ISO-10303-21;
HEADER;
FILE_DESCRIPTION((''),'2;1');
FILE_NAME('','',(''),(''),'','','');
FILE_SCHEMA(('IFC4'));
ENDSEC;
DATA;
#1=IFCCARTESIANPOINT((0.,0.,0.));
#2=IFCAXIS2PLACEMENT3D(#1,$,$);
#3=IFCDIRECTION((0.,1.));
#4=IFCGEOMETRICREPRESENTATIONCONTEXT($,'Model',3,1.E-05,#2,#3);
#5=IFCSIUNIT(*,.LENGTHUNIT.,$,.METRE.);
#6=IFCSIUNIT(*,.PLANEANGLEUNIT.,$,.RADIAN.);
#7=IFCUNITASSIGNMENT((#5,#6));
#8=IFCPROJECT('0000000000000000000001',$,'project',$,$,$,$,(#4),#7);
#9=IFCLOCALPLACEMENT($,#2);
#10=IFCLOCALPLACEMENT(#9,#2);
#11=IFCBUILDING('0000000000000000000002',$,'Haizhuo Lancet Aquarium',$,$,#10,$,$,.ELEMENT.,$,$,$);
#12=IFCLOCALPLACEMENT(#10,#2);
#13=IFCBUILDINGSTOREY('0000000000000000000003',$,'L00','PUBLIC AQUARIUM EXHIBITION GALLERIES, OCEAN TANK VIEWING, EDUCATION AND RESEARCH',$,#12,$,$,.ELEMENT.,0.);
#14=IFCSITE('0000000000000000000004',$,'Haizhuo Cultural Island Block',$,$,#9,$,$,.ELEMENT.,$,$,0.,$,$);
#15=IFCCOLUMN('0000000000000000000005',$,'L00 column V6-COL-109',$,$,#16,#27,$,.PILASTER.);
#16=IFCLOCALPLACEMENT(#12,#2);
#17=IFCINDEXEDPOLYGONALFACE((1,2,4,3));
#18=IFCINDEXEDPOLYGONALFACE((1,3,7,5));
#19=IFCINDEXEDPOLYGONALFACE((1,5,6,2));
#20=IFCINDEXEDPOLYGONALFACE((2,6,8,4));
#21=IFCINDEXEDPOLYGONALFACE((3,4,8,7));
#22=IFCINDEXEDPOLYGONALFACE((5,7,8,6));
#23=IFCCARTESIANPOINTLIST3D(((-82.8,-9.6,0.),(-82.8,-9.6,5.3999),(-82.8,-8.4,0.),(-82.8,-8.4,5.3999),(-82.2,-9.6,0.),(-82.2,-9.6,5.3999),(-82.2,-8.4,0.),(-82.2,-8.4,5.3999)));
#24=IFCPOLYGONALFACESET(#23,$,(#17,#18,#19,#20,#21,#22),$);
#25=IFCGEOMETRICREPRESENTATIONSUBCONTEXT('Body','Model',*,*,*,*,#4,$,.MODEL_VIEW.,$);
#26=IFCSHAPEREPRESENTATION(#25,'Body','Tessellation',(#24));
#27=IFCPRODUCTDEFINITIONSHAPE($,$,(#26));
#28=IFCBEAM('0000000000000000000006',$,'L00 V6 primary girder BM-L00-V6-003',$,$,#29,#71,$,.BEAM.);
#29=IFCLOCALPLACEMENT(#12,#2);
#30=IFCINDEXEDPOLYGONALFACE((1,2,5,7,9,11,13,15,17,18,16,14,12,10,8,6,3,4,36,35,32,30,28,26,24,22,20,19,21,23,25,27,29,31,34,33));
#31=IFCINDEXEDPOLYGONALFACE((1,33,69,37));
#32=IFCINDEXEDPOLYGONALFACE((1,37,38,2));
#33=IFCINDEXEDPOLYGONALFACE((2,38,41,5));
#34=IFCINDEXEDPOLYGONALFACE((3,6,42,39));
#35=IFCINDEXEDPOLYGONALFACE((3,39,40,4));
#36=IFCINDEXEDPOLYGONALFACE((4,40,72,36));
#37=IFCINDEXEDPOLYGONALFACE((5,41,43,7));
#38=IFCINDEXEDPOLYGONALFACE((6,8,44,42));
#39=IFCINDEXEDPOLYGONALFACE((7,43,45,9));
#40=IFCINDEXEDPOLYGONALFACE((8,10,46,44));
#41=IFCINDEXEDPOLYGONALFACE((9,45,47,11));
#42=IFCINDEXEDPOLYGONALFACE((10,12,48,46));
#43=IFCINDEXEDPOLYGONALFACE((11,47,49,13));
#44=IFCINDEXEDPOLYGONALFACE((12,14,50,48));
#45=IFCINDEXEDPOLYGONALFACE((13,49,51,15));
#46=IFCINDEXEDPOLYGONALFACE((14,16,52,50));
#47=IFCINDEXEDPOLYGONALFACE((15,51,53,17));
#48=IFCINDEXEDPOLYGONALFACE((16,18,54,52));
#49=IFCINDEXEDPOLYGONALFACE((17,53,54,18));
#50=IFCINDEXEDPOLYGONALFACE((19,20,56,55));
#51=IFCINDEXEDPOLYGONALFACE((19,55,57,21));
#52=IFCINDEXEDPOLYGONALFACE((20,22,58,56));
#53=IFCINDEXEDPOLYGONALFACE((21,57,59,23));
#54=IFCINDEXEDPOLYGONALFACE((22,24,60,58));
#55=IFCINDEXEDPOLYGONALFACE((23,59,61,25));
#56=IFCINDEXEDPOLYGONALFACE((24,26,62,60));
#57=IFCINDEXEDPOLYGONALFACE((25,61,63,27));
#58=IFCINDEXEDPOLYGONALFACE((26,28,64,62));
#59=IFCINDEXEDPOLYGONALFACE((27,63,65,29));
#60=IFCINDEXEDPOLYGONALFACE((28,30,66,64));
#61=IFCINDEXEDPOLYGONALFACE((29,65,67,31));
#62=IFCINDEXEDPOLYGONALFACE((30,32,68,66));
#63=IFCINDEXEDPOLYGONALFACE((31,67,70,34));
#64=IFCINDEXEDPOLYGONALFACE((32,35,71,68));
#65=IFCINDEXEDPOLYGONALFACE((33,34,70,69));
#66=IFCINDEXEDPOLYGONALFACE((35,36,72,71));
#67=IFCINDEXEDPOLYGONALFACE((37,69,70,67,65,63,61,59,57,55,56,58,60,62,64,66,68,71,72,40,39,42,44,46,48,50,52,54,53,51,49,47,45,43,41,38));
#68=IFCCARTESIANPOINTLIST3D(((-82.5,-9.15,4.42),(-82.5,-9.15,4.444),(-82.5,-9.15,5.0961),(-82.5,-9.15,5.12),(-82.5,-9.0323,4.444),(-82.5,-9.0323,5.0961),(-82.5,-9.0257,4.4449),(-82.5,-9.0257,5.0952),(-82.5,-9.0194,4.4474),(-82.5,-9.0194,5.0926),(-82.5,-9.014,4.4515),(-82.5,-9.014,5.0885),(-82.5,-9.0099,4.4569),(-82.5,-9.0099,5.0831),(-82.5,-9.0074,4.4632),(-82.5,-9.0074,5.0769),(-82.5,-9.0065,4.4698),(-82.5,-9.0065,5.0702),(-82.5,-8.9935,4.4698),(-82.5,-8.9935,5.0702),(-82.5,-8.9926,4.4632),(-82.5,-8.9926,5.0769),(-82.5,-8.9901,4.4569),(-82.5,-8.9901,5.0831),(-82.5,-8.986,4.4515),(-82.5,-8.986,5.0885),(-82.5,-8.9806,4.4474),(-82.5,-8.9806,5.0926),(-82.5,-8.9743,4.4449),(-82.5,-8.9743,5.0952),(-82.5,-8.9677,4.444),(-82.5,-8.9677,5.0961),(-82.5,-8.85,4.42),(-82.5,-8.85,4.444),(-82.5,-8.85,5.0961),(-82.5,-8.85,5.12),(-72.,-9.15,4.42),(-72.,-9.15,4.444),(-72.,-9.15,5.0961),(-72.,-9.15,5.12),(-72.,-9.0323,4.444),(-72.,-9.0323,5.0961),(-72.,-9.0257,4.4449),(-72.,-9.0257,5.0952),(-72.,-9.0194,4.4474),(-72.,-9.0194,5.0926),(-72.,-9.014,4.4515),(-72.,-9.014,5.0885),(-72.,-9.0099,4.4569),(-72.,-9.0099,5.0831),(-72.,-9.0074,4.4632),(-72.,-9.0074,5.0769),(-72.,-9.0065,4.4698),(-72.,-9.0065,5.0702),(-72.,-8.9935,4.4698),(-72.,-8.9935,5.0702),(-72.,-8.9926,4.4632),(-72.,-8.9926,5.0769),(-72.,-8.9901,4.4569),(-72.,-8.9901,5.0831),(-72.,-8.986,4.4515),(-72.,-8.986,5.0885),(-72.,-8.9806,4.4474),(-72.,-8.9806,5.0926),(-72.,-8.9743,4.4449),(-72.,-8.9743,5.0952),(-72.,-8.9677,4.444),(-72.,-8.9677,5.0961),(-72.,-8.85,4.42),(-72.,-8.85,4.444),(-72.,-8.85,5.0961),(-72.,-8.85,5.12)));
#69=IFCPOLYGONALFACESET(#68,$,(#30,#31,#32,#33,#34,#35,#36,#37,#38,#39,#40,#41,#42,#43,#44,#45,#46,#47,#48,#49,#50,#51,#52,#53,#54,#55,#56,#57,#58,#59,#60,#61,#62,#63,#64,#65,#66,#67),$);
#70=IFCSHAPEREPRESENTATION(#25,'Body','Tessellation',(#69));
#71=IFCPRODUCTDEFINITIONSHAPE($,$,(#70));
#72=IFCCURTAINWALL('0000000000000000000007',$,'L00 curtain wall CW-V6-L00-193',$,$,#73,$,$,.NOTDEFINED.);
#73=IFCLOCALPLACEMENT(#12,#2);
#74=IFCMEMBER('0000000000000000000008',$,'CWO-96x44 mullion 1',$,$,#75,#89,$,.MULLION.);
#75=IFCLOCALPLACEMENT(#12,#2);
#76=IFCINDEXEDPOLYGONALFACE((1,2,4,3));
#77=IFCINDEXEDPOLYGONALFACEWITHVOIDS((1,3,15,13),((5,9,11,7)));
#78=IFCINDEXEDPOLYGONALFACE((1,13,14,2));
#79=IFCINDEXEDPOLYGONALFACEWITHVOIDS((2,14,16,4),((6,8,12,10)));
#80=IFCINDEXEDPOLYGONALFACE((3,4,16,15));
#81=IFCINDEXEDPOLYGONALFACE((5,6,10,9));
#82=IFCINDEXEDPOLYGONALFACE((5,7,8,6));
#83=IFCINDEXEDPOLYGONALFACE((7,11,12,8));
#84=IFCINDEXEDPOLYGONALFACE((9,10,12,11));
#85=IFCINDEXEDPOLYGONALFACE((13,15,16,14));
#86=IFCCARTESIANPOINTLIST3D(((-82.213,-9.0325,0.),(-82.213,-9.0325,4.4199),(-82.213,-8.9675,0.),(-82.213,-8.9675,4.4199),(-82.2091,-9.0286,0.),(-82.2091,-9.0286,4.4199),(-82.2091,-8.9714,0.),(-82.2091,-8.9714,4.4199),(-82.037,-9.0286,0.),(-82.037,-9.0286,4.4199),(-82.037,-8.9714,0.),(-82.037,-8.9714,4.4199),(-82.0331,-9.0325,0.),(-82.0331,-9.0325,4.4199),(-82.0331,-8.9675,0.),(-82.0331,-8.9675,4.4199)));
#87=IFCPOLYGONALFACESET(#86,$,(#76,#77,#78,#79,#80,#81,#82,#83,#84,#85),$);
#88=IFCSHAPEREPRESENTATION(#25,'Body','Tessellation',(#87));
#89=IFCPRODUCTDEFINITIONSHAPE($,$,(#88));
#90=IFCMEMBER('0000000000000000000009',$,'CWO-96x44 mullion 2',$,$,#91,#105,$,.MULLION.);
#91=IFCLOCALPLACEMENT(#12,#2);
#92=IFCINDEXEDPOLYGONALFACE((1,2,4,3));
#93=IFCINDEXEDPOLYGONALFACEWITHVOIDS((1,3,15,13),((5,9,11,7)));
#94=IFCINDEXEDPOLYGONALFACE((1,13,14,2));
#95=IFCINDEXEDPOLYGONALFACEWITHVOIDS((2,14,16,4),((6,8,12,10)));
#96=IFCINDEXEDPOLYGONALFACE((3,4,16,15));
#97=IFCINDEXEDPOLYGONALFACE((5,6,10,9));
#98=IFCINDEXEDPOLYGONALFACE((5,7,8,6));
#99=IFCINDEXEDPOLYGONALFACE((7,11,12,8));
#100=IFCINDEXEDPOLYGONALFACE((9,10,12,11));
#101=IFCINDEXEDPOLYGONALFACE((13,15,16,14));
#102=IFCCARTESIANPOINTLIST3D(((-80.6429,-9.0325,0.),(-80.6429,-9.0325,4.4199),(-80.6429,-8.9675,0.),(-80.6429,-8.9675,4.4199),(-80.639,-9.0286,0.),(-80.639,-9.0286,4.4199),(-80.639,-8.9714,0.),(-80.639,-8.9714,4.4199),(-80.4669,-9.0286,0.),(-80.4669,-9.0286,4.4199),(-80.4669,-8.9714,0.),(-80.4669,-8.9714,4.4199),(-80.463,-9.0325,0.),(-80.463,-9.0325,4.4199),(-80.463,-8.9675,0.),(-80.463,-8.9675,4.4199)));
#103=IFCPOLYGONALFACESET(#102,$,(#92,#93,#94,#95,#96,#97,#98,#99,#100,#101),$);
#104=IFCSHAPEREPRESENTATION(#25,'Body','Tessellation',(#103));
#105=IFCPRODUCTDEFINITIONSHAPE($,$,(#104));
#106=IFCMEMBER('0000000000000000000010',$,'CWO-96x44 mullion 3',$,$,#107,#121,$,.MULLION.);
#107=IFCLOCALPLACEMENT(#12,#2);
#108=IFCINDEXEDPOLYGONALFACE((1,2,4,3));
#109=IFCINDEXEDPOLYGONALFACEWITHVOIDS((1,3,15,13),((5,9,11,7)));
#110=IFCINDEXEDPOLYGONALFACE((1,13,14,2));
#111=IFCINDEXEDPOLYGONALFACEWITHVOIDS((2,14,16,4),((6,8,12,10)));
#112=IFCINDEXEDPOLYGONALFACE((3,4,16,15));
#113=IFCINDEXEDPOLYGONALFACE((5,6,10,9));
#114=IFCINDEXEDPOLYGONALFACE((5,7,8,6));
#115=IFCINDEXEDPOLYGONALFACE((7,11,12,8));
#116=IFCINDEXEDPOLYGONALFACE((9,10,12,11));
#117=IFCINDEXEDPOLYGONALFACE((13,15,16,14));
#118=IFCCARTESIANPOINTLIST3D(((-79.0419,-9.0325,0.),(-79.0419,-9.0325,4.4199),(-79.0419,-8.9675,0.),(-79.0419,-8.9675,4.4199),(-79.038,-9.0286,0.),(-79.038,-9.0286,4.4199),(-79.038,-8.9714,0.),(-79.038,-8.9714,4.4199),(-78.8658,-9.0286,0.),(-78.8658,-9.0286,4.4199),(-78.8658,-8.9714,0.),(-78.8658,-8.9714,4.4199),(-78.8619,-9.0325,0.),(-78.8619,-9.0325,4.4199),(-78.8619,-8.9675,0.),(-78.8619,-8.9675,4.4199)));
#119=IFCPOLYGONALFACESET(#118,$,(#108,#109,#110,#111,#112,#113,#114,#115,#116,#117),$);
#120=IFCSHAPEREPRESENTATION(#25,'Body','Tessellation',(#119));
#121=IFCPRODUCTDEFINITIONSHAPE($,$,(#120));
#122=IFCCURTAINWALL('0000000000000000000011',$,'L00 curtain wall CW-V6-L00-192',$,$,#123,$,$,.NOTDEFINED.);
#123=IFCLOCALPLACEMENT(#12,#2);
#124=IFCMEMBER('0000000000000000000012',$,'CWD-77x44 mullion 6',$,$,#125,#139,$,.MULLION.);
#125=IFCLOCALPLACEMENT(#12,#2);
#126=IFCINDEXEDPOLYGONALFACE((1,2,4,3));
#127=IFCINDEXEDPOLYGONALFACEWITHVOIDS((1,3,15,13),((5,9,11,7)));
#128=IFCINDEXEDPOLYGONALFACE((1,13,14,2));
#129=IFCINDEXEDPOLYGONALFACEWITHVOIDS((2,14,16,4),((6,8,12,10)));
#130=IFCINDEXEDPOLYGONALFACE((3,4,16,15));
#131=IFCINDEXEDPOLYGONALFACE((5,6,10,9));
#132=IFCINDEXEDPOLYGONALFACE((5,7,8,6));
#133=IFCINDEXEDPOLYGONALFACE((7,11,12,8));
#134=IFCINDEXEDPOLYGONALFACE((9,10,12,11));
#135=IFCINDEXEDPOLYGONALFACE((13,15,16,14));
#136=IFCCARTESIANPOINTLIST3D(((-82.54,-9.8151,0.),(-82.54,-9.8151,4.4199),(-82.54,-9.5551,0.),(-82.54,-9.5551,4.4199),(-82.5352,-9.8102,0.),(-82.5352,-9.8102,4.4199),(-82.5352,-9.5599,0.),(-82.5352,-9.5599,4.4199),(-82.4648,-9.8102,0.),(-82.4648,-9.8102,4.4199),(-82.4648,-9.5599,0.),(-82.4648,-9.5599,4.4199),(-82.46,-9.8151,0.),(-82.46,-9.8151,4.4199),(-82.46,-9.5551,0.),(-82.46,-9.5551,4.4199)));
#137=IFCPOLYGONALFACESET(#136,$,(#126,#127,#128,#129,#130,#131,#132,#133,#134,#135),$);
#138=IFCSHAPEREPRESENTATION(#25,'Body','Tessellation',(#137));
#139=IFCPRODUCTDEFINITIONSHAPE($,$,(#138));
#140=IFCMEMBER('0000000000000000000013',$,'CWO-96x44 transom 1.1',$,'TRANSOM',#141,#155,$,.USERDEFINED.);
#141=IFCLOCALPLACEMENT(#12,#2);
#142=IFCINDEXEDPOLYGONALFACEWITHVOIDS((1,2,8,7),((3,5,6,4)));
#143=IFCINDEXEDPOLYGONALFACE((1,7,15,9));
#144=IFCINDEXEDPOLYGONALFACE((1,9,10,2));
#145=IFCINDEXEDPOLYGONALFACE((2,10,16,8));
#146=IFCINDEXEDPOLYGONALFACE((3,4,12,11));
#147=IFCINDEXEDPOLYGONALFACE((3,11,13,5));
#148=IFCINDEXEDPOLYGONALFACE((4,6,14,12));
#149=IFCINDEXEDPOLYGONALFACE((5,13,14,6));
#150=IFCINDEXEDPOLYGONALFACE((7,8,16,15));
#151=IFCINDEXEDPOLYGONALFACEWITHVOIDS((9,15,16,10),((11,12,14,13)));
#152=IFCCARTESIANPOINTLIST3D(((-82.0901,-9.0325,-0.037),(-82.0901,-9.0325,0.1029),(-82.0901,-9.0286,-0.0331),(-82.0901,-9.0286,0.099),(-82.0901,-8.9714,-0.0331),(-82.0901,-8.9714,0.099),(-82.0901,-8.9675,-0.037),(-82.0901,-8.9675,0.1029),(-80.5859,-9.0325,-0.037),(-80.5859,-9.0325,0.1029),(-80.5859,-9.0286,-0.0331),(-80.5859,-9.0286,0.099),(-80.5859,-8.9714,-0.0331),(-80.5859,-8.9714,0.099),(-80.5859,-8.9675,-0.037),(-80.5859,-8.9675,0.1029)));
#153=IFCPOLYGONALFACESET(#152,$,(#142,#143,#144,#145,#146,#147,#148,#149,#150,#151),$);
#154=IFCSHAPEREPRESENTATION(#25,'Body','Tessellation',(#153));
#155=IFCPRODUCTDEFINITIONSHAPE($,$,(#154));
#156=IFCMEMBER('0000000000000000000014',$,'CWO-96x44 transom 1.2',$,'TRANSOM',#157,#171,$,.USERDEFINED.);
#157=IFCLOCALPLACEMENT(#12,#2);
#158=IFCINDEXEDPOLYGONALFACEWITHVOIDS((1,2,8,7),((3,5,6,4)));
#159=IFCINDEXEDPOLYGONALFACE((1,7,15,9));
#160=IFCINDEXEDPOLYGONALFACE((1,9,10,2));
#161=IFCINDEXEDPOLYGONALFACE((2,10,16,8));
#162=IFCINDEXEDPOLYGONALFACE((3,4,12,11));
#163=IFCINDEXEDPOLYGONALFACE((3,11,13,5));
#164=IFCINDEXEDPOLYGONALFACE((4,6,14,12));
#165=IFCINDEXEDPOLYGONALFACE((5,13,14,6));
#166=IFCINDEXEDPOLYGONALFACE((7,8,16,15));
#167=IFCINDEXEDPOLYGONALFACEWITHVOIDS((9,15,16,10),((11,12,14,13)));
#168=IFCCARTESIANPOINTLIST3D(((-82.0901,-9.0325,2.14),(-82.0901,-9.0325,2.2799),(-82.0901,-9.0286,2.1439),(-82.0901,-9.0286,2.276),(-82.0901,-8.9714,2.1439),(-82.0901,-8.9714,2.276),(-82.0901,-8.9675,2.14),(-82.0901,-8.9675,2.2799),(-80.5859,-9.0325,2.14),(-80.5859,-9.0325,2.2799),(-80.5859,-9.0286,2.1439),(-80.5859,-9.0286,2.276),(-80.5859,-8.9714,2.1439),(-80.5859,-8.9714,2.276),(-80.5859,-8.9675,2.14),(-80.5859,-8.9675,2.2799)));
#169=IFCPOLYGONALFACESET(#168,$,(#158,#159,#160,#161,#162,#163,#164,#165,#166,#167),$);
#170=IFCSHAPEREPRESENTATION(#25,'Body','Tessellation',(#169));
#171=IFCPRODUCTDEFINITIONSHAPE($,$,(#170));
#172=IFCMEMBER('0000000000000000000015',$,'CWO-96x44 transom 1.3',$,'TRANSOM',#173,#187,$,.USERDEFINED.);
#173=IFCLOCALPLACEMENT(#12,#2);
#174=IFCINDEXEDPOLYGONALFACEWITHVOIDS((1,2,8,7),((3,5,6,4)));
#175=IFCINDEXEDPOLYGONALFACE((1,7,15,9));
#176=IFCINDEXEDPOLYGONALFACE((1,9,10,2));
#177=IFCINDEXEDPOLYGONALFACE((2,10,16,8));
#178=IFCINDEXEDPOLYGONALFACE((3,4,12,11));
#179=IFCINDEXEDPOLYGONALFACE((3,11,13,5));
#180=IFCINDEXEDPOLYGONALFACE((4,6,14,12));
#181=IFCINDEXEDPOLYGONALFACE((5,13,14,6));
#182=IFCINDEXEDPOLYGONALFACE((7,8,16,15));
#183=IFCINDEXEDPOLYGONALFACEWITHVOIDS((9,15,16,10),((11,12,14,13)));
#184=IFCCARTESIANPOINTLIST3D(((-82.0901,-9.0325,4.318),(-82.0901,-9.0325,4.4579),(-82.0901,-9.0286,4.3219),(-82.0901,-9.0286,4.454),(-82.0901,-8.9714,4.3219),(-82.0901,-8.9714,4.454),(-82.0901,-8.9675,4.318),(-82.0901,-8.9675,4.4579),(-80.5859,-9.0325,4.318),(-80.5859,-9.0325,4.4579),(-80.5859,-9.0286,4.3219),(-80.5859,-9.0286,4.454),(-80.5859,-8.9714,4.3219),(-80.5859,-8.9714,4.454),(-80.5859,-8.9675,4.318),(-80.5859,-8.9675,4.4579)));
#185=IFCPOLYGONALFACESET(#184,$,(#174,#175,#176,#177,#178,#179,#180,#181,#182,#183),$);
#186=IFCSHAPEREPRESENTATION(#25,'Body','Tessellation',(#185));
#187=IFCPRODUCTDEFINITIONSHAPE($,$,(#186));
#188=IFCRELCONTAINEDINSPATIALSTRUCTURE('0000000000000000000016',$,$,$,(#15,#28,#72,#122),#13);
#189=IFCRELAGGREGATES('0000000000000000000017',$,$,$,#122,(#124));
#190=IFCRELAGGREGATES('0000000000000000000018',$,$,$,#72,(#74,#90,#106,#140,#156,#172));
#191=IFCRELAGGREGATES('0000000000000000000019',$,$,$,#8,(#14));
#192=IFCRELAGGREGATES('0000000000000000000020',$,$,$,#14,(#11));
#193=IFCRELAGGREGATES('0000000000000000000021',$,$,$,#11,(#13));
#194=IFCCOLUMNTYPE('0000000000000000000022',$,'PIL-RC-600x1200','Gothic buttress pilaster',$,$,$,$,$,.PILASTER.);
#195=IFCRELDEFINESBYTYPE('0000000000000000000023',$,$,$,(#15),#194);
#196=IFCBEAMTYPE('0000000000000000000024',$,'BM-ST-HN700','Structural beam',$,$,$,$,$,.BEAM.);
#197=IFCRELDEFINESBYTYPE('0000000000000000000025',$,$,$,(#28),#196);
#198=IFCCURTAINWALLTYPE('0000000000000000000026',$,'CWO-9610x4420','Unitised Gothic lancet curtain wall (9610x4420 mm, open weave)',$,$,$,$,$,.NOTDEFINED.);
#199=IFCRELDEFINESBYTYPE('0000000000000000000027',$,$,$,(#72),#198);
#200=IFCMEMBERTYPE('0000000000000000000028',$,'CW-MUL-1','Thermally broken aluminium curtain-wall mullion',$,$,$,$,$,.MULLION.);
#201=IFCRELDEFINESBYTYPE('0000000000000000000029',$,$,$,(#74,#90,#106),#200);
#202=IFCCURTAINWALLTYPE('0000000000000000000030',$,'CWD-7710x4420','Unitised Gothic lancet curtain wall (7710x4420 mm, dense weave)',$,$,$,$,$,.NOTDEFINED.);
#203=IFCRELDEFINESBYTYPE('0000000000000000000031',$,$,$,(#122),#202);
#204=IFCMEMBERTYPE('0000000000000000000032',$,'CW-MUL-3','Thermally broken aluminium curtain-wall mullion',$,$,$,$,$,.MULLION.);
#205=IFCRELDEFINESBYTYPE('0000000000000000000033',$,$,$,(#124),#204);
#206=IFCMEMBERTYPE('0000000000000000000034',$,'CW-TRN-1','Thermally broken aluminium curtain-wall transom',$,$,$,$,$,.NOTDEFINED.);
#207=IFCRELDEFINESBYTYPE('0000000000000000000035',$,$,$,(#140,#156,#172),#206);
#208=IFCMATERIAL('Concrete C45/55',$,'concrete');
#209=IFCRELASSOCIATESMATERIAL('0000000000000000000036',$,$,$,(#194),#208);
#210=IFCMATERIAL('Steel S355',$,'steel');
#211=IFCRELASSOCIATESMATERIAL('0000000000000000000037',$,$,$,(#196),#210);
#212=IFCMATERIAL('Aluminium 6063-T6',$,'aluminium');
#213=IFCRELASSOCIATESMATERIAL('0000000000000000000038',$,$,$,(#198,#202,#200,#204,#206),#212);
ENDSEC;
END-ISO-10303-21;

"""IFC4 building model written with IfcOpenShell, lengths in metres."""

from ifc_helpers import new_model, si_unit, direction, frame, origin, origin_2d, place, context, subcontext, project, spatial, rectangle, hollow_rectangle, i_section, extrude, material, material_profile, profile_set, type_object, element, aggregate, save


model = new_model("IFC4")

# Units and contexts
model_context = context("Model", 3, precision=1e-05, world=origin(), true_north=direction((0.0, 1.0)))
body_context = subcontext(model_context, "Body", "Model", "MODEL_VIEW")
ifc_project = project(units=[si_unit("LENGTHUNIT", "METRE"), si_unit("PLANEANGLEUNIT", "RADIAN")], contexts=[model_context])

# Site, building, storey
site_placement = place(None, origin())
site = spatial("IfcSite", under=ifc_project, at=site_placement, Name="Haizhuo Cultural Island Block", CompositionType="ELEMENT", RefElevation=0.0)
building_placement = place(site_placement, origin())
building = spatial("IfcBuilding", under=site, at=building_placement, Name="Haizhuo Lancet Aquarium", CompositionType="ELEMENT")
storey_placement = place(building_placement, origin())
storey = spatial("IfcBuildingStorey", under=building, at=storey_placement, Name="L00", Description="PUBLIC AQUARIUM EXHIBITION GALLERIES, OCEAN TANK VIEWING, EDUCATION AND RESEARCH", CompositionType="ELEMENT", Elevation=0.0)

# Column
ifc_material_1 = material(Name="Concrete C45/55", Category="concrete")
ifc_material_profile_1 = material_profile(ifc_material_1, rectangle(XDim=0.6001, YDim=1.2, at=origin_2d()), Name="RC-PIL 600x1200")
ifc_profile_set_1 = profile_set([ifc_material_profile_1], Name="Concrete C45/55")
column_type = type_object("IfcColumnType", Name="PIL-RC-600x1200", Description="Gothic buttress pilaster", PredefinedType="PILASTER", material=ifc_profile_set_1)
column_placement = place(storey_placement, frame((-82.5, -9.0, 0.0), z_axis=(0.0, 0.0, 1.0), x_axis=(1.0, 0.0, 0.0)))
element("IfcColumn", 1, at=column_placement, inside=storey, type_object=column_type, Name="L00 column V6-COL-109", PredefinedType="PILASTER", context=body_context, shape_type="SweptSolid", body=[
    extrude(rectangle(XDim=0.6001, YDim=1.2, at=origin_2d()), origin(), (0.0, 0.0, 1.0), 5.3999),
])

# Beam
ifc_material_2 = material(Name="Steel S355", Category="steel")
ifc_material_profile_2 = material_profile(ifc_material_2, i_section(OverallWidth=0.3, OverallDepth=0.7, WebThickness=0.0129, FlangeThickness=0.0239, FilletRadius=0.0259, at=origin_2d()), Name="HN 700x300x13x24")
ifc_profile_set_2 = profile_set([ifc_material_profile_2], Name="Steel S355")
beam_type = type_object("IfcBeamType", Name="BM-ST-HN700", Description="Structural beam", PredefinedType="BEAM", material=ifc_profile_set_2)
beam_placement = place(storey_placement, frame((-82.5, -9.0, 4.77), z_axis=(1.0, 0.0, 0.0), x_axis=(0.0, 1.0, 0.0)))
element("IfcBeam", 2, at=beam_placement, inside=storey, type_object=beam_type, Name="L00 V6 primary girder BM-L00-V6-003", PredefinedType="BEAM", context=body_context, shape_type="SweptSolid", body=[
    extrude(i_section(OverallWidth=0.3, OverallDepth=0.7, WebThickness=0.0129, FlangeThickness=0.0239, FilletRadius=0.0259, at=origin_2d()), origin(), (0.0, 0.0, 1.0), 10.5),
])

# Curtain wall, members
ifc_material_3 = material(Name="Aluminium 6063-T6", Category="aluminium")
curtain_wall_type_1 = type_object("IfcCurtainWallType", Name="CWO-9610x4420", Description="Unitised Gothic lancet curtain wall (9610x4420 mm, open weave)", PredefinedType="NOTDEFINED", material=ifc_material_3)
curtain_wall_1_placement = place(storey_placement, origin())
curtain_wall_1 = element("IfcCurtainWall", 3, at=curtain_wall_1_placement, inside=storey, type_object=curtain_wall_type_1, Name="L00 curtain wall CW-V6-L00-193", PredefinedType="NOTDEFINED")
ifc_material_profile_3 = material_profile(ifc_material_3, hollow_rectangle(XDim=0.0649, YDim=0.1799, WallThickness=0.0039, at=origin_2d()), Name="ALU-M 65x180x4")
ifc_profile_set_3 = profile_set([ifc_material_profile_3], Name="Aluminium 6063-T6")
member_type_1 = type_object("IfcMemberType", Name="CW-MUL-1", Description="Thermally broken aluminium curtain-wall mullion", PredefinedType="MULLION", material=ifc_profile_set_3)
member_1_placement = place(storey_placement, frame((-82.123, -9.0, 0.0), z_axis=(0.0, 0.0, 1.0), x_axis=(0.0, 1.0, 0.0)))
member_1 = element("IfcMember", 4, at=member_1_placement, type_object=member_type_1, Name="CWO-96x44 mullion 1", PredefinedType="MULLION", context=body_context, shape_type="SweptSolid", body=[
    extrude(hollow_rectangle(XDim=0.0649, YDim=0.1799, WallThickness=0.0039, at=origin_2d()), origin(), (0.0, 0.0, 1.0), 4.4199),
])
member_2_placement = place(storey_placement, frame((-80.553, -9.0, 0.0), z_axis=(0.0, 0.0, 1.0), x_axis=(0.0, 1.0, 0.0)))
member_2 = element("IfcMember", 5, at=member_2_placement, type_object=member_type_1, Name="CWO-96x44 mullion 2", PredefinedType="MULLION", context=body_context, shape_type="SweptSolid", body=[
    extrude(hollow_rectangle(XDim=0.0649, YDim=0.1799, WallThickness=0.0039, at=origin_2d()), origin(), (0.0, 0.0, 1.0), 4.4199),
])
member_3_placement = place(storey_placement, frame((-78.9519, -9.0, 0.0), z_axis=(0.0, 0.0, 1.0), x_axis=(0.0, 1.0, 0.0)))
member_3 = element("IfcMember", 6, at=member_3_placement, type_object=member_type_1, Name="CWO-96x44 mullion 3", PredefinedType="MULLION", context=body_context, shape_type="SweptSolid", body=[
    extrude(hollow_rectangle(XDim=0.0649, YDim=0.1799, WallThickness=0.0039, at=origin_2d()), origin(), (0.0, 0.0, 1.0), 4.4199),
])

# Curtain wall, member
curtain_wall_type_2 = type_object("IfcCurtainWallType", Name="CWD-7710x4420", Description="Unitised Gothic lancet curtain wall (7710x4420 mm, dense weave)", PredefinedType="NOTDEFINED", material=ifc_material_3)
curtain_wall_2_placement = place(storey_placement, origin())
curtain_wall_2 = element("IfcCurtainWall", 7, at=curtain_wall_2_placement, inside=storey, type_object=curtain_wall_type_2, Name="L00 curtain wall CW-V6-L00-192", PredefinedType="NOTDEFINED")
ifc_material_profile_4 = material_profile(ifc_material_3, hollow_rectangle(XDim=0.0801, YDim=0.26, WallThickness=0.0049, at=origin_2d()), Name="ALU-M 80x260x5")
ifc_profile_set_4 = profile_set([ifc_material_profile_4], Name="Aluminium 6063-T6")
member_type_2 = type_object("IfcMemberType", Name="CW-MUL-3", Description="Thermally broken aluminium curtain-wall mullion", PredefinedType="MULLION", material=ifc_profile_set_4)
member_4_placement = place(storey_placement, frame((-82.5, -9.6851, 0.0), z_axis=(0.0, 0.0, 1.0), x_axis=(-1.0, 0.0, 0.0)))
member_4 = element("IfcMember", 8, at=member_4_placement, type_object=member_type_2, Name="CWD-77x44 mullion 6", PredefinedType="MULLION", context=body_context, shape_type="SweptSolid", body=[
    extrude(hollow_rectangle(XDim=0.0801, YDim=0.26, WallThickness=0.0049, at=origin_2d()), origin(), (0.0, 0.0, 1.0), 4.4199),
])
aggregate(curtain_wall_2, [member_4])

# Members
ifc_material_profile_5 = material_profile(ifc_material_3, hollow_rectangle(XDim=0.0649, YDim=0.1399, WallThickness=0.0039, at=origin_2d()), Name="ALU-T 65x140x4")
ifc_profile_set_5 = profile_set([ifc_material_profile_5], Name="Aluminium 6063-T6")
member_type_3 = type_object("IfcMemberType", Name="CW-TRN-1", Description="Thermally broken aluminium curtain-wall transom", PredefinedType="NOTDEFINED", material=ifc_profile_set_5)
member_5_placement = place(storey_placement, frame((-82.0901, -9.0, 0.033), z_axis=(1.0, 0.0, 0.0), x_axis=(0.0, 1.0, 0.0)))
member_5 = element("IfcMember", 9, at=member_5_placement, type_object=member_type_3, Name="CWO-96x44 transom 1.1", ObjectType="TRANSOM", PredefinedType="USERDEFINED", context=body_context, shape_type="SweptSolid", body=[
    extrude(hollow_rectangle(XDim=0.0649, YDim=0.1399, WallThickness=0.0039, at=origin_2d()), origin(), (0.0, 0.0, 1.0), 1.5042),
])
member_6_placement = place(storey_placement, frame((-82.0901, -9.0, 2.21), z_axis=(1.0, 0.0, 0.0), x_axis=(0.0, 1.0, 0.0)))
member_6 = element("IfcMember", 10, at=member_6_placement, type_object=member_type_3, Name="CWO-96x44 transom 1.2", ObjectType="TRANSOM", PredefinedType="USERDEFINED", context=body_context, shape_type="SweptSolid", body=[
    extrude(hollow_rectangle(XDim=0.0649, YDim=0.1399, WallThickness=0.0039, at=origin_2d()), origin(), (0.0, 0.0, 1.0), 1.5042),
])
member_7_placement = place(storey_placement, frame((-82.0901, -9.0, 4.3879), z_axis=(1.0, 0.0, 0.0), x_axis=(0.0, 1.0, 0.0)))
member_7 = element("IfcMember", 11, at=member_7_placement, type_object=member_type_3, Name="CWO-96x44 transom 1.3", ObjectType="TRANSOM", PredefinedType="USERDEFINED", context=body_context, shape_type="SweptSolid", body=[
    extrude(hollow_rectangle(XDim=0.0649, YDim=0.1399, WallThickness=0.0039, at=origin_2d()), origin(), (0.0, 0.0, 1.0), 1.5042),
])

aggregate(curtain_wall_1, [member_1, member_2, member_3, member_5, member_6, member_7])

save(model, "model.ifc")
